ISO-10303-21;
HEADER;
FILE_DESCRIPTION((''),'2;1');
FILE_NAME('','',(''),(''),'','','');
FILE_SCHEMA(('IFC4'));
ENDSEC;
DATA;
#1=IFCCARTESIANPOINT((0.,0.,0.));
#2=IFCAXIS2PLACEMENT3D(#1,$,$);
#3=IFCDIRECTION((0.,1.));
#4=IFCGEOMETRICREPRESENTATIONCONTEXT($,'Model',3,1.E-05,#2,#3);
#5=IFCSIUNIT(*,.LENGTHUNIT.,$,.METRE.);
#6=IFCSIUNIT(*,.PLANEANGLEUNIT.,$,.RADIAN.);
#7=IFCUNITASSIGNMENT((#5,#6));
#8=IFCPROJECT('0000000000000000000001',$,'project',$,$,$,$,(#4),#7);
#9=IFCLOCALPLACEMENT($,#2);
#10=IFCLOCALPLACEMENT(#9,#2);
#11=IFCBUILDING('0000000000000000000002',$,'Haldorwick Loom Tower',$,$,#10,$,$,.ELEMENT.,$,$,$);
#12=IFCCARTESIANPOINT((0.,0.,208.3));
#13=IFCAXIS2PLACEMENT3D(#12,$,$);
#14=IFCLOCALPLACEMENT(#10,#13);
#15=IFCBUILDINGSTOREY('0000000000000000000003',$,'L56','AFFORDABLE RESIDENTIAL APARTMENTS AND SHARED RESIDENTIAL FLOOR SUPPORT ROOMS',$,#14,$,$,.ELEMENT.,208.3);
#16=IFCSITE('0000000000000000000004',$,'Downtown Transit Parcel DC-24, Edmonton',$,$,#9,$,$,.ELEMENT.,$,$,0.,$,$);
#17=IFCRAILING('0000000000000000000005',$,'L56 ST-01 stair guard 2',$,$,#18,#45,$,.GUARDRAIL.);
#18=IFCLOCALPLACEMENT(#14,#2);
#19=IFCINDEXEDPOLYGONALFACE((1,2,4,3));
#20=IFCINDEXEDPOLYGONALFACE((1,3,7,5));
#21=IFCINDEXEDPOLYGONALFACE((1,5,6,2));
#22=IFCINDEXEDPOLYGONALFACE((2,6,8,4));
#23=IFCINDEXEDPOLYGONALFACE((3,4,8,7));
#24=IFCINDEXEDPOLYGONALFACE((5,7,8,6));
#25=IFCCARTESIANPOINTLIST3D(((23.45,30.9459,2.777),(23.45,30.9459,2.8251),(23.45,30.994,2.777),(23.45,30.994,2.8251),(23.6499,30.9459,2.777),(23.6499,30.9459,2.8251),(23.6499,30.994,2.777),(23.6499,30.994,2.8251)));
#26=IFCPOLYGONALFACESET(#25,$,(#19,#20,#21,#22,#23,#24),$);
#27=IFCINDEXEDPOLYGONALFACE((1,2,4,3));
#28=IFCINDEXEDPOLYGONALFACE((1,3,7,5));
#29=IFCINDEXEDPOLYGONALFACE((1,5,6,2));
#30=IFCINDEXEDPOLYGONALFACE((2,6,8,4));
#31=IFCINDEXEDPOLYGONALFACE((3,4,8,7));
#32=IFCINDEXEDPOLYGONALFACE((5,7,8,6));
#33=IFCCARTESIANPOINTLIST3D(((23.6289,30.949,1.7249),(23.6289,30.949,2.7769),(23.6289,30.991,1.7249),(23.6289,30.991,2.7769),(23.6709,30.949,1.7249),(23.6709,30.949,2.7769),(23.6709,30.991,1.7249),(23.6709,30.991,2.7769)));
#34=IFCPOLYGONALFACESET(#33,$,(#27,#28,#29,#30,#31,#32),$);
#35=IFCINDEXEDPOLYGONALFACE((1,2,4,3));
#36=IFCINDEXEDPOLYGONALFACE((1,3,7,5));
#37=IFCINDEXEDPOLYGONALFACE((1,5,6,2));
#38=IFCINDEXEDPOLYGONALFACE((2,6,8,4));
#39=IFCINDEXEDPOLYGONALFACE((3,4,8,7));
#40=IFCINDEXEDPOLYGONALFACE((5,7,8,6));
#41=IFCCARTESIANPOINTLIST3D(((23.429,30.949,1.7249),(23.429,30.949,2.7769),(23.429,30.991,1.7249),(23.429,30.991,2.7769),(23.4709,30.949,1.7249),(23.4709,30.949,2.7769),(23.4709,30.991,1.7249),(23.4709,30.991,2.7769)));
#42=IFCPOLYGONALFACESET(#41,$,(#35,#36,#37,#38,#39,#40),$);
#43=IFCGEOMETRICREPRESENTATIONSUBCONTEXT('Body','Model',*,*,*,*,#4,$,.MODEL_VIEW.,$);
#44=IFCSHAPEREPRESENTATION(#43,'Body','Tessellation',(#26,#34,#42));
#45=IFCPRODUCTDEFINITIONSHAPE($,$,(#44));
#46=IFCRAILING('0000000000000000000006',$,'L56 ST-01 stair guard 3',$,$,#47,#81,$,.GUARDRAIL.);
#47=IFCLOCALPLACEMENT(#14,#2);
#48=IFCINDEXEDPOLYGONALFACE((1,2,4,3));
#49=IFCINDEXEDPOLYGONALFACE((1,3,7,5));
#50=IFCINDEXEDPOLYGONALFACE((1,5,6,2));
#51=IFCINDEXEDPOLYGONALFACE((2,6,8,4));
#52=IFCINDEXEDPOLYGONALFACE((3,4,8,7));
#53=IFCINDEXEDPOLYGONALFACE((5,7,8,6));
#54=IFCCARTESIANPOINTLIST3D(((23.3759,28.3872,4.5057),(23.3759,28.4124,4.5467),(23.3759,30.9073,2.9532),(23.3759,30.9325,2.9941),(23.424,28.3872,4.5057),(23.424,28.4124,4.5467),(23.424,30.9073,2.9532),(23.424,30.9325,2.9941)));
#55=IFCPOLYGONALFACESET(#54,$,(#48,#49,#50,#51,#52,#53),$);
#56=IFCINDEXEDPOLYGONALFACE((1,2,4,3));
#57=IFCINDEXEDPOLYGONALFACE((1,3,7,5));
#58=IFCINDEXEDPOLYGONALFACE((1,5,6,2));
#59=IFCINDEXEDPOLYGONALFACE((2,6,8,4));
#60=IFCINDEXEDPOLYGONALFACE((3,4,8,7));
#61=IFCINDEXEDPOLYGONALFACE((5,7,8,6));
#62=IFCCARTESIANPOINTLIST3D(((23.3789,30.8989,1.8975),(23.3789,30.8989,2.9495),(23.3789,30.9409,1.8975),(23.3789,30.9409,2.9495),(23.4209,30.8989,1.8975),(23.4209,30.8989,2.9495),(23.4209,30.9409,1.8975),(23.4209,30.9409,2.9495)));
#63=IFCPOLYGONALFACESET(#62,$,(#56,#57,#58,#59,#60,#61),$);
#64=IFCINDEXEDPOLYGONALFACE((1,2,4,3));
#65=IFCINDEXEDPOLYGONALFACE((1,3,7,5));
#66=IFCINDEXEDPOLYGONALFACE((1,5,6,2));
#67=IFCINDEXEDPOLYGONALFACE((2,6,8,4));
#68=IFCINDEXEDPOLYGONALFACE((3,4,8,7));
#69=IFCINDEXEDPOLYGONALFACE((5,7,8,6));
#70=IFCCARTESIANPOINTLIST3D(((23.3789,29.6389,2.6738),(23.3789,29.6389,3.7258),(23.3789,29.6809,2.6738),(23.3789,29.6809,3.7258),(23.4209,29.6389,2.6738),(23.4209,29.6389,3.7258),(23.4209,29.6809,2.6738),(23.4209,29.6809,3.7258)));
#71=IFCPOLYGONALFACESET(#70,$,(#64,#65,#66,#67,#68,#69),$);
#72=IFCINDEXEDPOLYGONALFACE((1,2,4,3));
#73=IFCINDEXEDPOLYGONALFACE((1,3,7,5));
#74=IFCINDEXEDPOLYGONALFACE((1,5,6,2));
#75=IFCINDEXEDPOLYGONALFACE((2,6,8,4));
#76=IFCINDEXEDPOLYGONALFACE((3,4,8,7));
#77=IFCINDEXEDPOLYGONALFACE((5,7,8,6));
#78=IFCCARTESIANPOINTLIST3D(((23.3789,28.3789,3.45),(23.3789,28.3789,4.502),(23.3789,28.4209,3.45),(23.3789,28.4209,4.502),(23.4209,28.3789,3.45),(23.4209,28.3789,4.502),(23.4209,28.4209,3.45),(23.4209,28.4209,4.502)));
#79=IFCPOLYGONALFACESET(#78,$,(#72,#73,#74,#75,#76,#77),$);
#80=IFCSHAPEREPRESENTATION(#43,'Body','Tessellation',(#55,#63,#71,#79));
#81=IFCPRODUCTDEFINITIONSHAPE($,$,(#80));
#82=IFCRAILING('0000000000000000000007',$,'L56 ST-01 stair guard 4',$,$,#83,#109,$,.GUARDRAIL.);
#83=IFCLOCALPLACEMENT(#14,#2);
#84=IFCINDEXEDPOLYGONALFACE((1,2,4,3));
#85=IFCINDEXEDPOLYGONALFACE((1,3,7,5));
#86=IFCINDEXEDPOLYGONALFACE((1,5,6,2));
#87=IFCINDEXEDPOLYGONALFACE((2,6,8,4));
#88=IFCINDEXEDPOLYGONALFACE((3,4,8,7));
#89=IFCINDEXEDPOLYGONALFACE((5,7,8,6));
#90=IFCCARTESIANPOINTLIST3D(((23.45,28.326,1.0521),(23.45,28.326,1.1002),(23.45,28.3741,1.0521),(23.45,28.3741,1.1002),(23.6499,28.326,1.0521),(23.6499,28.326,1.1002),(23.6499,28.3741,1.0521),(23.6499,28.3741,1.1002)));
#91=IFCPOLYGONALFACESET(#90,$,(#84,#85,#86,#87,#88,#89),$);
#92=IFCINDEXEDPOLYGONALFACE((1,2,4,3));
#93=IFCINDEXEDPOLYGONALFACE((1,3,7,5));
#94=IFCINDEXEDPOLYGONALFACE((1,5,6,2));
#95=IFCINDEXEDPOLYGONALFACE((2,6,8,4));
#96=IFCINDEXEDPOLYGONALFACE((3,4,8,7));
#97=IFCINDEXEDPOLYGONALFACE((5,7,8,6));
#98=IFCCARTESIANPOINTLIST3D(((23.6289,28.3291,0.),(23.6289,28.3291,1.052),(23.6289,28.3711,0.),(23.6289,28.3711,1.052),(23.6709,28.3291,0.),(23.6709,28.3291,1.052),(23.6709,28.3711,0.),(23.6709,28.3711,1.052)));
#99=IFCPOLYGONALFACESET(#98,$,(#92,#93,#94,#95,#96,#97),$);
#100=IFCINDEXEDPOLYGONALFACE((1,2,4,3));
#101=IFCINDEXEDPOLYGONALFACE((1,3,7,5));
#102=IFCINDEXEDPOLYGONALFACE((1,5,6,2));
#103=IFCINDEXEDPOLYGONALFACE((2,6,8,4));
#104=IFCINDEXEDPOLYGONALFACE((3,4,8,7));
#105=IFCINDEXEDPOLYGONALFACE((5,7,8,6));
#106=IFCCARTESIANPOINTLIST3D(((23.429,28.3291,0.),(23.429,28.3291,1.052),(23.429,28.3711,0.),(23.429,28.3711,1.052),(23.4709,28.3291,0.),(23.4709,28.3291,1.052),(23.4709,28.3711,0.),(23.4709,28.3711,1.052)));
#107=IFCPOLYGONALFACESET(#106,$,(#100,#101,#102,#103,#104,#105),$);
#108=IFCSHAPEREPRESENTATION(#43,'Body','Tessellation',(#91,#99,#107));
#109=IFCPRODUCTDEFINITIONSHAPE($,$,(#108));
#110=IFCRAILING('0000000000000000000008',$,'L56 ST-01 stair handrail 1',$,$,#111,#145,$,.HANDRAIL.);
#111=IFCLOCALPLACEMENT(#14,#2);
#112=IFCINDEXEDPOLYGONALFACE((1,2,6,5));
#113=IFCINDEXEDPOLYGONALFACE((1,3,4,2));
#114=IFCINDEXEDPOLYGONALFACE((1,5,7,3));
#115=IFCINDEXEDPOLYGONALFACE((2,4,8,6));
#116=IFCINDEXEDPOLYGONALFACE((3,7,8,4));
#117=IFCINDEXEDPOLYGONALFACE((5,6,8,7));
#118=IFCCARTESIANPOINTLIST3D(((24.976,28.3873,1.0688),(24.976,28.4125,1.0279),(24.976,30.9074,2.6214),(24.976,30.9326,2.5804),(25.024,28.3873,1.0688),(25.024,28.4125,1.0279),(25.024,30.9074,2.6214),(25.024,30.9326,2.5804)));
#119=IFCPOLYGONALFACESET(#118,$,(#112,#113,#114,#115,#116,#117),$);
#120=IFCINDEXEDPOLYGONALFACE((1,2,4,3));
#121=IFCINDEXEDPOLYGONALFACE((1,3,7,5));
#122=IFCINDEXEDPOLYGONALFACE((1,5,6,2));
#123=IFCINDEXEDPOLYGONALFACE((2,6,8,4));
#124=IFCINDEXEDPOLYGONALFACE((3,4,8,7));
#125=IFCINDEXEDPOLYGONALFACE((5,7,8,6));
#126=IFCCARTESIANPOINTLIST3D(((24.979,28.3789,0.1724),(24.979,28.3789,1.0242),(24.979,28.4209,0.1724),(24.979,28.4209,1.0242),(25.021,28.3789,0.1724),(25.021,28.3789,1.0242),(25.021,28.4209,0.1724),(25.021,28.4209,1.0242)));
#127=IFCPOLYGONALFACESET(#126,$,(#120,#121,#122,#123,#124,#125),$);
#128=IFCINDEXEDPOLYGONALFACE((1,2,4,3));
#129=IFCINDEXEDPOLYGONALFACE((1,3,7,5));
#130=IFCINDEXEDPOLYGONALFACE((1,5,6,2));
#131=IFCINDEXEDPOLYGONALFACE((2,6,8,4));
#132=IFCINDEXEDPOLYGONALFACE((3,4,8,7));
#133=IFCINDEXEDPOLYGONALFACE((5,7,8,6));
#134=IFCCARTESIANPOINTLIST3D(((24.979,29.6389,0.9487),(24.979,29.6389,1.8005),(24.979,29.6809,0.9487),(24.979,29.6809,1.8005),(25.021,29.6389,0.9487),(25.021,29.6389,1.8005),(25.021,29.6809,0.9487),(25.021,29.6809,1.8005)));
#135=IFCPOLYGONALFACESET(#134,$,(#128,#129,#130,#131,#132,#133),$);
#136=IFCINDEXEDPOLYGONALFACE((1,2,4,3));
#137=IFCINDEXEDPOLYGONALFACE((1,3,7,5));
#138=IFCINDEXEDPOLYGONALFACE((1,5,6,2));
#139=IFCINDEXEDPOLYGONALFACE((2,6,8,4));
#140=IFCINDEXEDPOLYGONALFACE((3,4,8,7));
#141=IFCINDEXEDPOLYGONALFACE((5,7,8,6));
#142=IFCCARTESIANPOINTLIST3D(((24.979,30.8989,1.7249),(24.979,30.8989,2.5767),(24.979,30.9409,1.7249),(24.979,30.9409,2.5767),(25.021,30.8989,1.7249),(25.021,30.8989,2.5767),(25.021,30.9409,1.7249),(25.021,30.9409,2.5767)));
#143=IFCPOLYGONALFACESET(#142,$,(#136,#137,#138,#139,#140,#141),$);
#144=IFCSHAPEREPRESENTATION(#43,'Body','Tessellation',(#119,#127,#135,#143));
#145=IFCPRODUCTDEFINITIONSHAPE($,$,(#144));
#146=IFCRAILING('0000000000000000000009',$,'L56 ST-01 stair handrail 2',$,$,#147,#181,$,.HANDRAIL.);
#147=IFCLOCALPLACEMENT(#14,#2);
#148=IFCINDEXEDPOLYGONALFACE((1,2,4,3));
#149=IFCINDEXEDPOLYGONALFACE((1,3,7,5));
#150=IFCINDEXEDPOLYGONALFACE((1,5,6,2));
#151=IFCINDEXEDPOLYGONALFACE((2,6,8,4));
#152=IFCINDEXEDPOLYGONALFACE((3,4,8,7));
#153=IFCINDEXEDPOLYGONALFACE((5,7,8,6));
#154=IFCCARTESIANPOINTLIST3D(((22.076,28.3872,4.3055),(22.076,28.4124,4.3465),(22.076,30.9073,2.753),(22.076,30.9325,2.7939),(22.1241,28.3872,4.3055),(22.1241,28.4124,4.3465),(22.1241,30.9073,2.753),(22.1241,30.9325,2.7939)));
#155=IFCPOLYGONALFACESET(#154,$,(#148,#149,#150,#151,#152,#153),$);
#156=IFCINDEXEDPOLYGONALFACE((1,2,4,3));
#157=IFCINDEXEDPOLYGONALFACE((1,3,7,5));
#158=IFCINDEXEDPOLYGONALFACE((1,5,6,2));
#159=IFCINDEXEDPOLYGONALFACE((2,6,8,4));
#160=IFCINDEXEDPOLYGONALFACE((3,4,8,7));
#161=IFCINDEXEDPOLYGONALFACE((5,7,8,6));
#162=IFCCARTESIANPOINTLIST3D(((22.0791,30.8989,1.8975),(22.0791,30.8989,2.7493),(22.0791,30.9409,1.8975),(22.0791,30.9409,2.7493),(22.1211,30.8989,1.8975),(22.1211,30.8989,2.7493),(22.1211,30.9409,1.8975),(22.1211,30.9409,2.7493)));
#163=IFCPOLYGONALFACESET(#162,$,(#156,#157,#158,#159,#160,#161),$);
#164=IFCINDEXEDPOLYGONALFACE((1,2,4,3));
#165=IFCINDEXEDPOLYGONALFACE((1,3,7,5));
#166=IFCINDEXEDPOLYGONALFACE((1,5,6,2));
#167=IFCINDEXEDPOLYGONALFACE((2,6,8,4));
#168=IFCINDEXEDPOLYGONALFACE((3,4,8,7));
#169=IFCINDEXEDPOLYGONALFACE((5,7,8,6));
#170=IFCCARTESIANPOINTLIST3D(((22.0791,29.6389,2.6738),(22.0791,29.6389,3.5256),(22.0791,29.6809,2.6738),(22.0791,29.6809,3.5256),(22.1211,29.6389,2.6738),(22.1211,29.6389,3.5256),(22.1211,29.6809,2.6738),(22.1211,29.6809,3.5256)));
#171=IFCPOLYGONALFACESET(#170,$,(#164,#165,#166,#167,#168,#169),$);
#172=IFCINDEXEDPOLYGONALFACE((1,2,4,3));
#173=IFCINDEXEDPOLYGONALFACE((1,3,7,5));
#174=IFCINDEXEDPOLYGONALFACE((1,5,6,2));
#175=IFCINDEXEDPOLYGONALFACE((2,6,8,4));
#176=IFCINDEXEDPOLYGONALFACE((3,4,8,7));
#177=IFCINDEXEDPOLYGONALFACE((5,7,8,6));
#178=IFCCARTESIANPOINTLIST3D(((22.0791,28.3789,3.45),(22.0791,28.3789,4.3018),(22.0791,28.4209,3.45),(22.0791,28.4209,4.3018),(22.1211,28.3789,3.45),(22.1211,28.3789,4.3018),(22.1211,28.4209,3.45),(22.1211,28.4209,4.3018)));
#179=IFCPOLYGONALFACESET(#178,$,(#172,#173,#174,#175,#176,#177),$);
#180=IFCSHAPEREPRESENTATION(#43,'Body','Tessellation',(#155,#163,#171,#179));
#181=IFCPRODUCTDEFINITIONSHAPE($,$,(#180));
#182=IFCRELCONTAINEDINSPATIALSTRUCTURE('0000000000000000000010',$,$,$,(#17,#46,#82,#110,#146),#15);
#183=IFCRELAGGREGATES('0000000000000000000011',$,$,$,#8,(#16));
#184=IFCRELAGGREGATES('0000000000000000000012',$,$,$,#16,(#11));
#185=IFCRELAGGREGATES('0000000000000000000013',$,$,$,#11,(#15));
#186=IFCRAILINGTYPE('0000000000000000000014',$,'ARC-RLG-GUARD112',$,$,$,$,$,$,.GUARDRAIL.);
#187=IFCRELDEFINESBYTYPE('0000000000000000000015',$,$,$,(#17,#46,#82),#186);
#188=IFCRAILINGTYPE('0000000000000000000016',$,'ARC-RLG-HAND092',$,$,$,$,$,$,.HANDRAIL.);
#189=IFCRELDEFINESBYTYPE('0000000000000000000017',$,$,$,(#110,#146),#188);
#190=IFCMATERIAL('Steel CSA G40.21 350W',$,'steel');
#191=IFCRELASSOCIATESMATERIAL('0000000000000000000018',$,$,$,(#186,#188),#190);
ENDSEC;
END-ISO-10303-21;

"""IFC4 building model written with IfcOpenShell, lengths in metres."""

from ifc_helpers import new_model, si_unit, direction, frame, origin, origin_2d, place, context, subcontext, project, spatial, rectangle, extrude, material, type_object, element, save


model = new_model("IFC4")

# Units and contexts
model_context = context("Model", 3, precision=1e-05, world=origin(), true_north=direction((0.0, 1.0)))
body_context = subcontext(model_context, "Body", "Model", "MODEL_VIEW")
ifc_project = project(units=[si_unit("LENGTHUNIT", "METRE"), si_unit("PLANEANGLEUNIT", "RADIAN")], contexts=[model_context])

# Site, building, storey
site_placement = place(None, origin())
site = spatial("IfcSite", under=ifc_project, at=site_placement, Name="Downtown Transit Parcel DC-24, Edmonton", CompositionType="ELEMENT", RefElevation=0.0)
building_placement = place(site_placement, origin())
building = spatial("IfcBuilding", under=site, at=building_placement, Name="Haldorwick Loom Tower", CompositionType="ELEMENT")
storey_placement = place(building_placement, frame((0.0, 0.0, 208.3)))
storey = spatial("IfcBuildingStorey", under=building, at=storey_placement, Name="L56", Description="AFFORDABLE RESIDENTIAL APARTMENTS AND SHARED RESIDENTIAL FLOOR SUPPORT ROOMS", CompositionType="ELEMENT", Elevation=208.3)

# Shared definitions
ifc_material_1 = material(Name="Steel CSA G40.21 350W", Category="steel")

# Railings
railing_type_1 = type_object("IfcRailingType", Name="ARC-RLG-GUARD112", PredefinedType="GUARDRAIL", material=ifc_material_1)
railing_1_placement = place(storey_placement, frame((23.6499, 30.97, 1.7249)))
element("IfcRailing", 1, at=railing_1_placement, inside=storey, type_object=railing_type_1, Name="L56 ST-01 stair guard 2", PredefinedType="GUARDRAIL", context=body_context, shape_type="SweptSolid", body=[
    extrude(rectangle(XDim=0.0481, YDim=0.0481, at=origin_2d()), frame((0.0, 0.0, 1.0762), z_axis=(-1.0, 0.0, 0.0), x_axis=(0.0, -1.0, 0.0)), (0.0, 0.0, 1.0), 0.2),
    extrude(rectangle(XDim=0.042, YDim=0.042, at=origin_2d()), origin(), (0.0, 0.0, 1.0), 1.052),
    extrude(rectangle(XDim=0.042, YDim=0.042, at=origin_2d()), frame((-0.2, 0.0, 0.0)), (0.0, 0.0, 1.0), 1.052),
])
railing_2_placement = place(storey_placement, frame((23.3999, 30.9199, 1.8975)))
element("IfcRailing", 2, at=railing_2_placement, inside=storey, type_object=railing_type_1, Name="L56 ST-01 stair guard 3", PredefinedType="GUARDRAIL", context=body_context, shape_type="SweptSolid", body=[
    extrude(rectangle(XDim=0.0481, YDim=0.0481, at=origin_2d()), frame((0.0, 0.0, 1.0762), z_axis=(0.0, -0.8514, 0.524516), x_axis=(1.0, 0.0, 0.0)), (0.0, 0.0, 1.0), 2.96),
    extrude(rectangle(XDim=0.042, YDim=0.042, at=origin_2d()), origin(), (0.0, 0.0, 1.0), 1.052),
    extrude(rectangle(XDim=0.042, YDim=0.042, at=origin_2d()), frame((0.0, -1.26, 0.7764)), (0.0, 0.0, 1.0), 1.052),
    extrude(rectangle(XDim=0.042, YDim=0.042, at=origin_2d()), frame((0.0, -2.52, 1.5525)), (0.0, 0.0, 1.0), 1.052),
])
railing_3_placement = place(storey_placement, frame((23.6499, 28.3501, 0.0)))
element("IfcRailing", 3, at=railing_3_placement, inside=storey, type_object=railing_type_1, Name="L56 ST-01 stair guard 4", PredefinedType="GUARDRAIL", context=body_context, shape_type="SweptSolid", body=[
    extrude(rectangle(XDim=0.0481, YDim=0.0481, at=origin_2d()), frame((0.0, 0.0, 1.0762), z_axis=(-1.0, 0.0, 0.0), x_axis=(0.0, -1.0, 0.0)), (0.0, 0.0, 1.0), 0.2),
    extrude(rectangle(XDim=0.042, YDim=0.042, at=origin_2d()), origin(), (0.0, 0.0, 1.0), 1.052),
    extrude(rectangle(XDim=0.042, YDim=0.042, at=origin_2d()), frame((-0.2, 0.0, 0.0)), (0.0, 0.0, 1.0), 1.052),
])
railing_type_2 = type_object("IfcRailingType", Name="ARC-RLG-HAND092", PredefinedType="HANDRAIL", material=ifc_material_1)
railing_4_placement = place(storey_placement, frame((25.0, 28.3999, 0.1724)))
element("IfcRailing", 4, at=railing_4_placement, inside=storey, type_object=railing_type_2, Name="L56 ST-01 stair handrail 1", PredefinedType="HANDRAIL", context=body_context, shape_type="SweptSolid", body=[
    extrude(rectangle(XDim=0.0481, YDim=0.0481, at=origin_2d()), frame((0.0, 0.0, 0.876), z_axis=(0.0, 0.8514, 0.524516), x_axis=(-1.0, 0.0, 0.0)), (0.0, 0.0, 1.0), 2.96),
    extrude(rectangle(XDim=0.042, YDim=0.042, at=origin_2d()), origin(), (0.0, 0.0, 1.0), 0.8518),
    extrude(rectangle(XDim=0.042, YDim=0.042, at=origin_2d()), frame((0.0, 1.26, 0.7764)), (0.0, 0.0, 1.0), 0.8518),
    extrude(rectangle(XDim=0.042, YDim=0.042, at=origin_2d()), frame((0.0, 2.52, 1.5525)), (0.0, 0.0, 1.0), 0.8518),
])
railing_5_placement = place(storey_placement, frame((22.1001, 30.9199, 1.8975)))
element("IfcRailing", 5, at=railing_5_placement, inside=storey, type_object=railing_type_2, Name="L56 ST-01 stair handrail 2", PredefinedType="HANDRAIL", context=body_context, shape_type="SweptSolid", body=[
    extrude(rectangle(XDim=0.0481, YDim=0.0481, at=origin_2d()), frame((0.0, 0.0, 0.876), z_axis=(0.0, -0.8514, 0.524516), x_axis=(1.0, 0.0, 0.0)), (0.0, 0.0, 1.0), 2.96),
    extrude(rectangle(XDim=0.042, YDim=0.042, at=origin_2d()), origin(), (0.0, 0.0, 1.0), 0.8518),
    extrude(rectangle(XDim=0.042, YDim=0.042, at=origin_2d()), frame((0.0, -1.26, 0.7764)), (0.0, 0.0, 1.0), 0.8518),
    extrude(rectangle(XDim=0.042, YDim=0.042, at=origin_2d()), frame((0.0, -2.52, 1.5525)), (0.0, 0.0, 1.0), 0.8518),
])

save(model, "model.ifc")
